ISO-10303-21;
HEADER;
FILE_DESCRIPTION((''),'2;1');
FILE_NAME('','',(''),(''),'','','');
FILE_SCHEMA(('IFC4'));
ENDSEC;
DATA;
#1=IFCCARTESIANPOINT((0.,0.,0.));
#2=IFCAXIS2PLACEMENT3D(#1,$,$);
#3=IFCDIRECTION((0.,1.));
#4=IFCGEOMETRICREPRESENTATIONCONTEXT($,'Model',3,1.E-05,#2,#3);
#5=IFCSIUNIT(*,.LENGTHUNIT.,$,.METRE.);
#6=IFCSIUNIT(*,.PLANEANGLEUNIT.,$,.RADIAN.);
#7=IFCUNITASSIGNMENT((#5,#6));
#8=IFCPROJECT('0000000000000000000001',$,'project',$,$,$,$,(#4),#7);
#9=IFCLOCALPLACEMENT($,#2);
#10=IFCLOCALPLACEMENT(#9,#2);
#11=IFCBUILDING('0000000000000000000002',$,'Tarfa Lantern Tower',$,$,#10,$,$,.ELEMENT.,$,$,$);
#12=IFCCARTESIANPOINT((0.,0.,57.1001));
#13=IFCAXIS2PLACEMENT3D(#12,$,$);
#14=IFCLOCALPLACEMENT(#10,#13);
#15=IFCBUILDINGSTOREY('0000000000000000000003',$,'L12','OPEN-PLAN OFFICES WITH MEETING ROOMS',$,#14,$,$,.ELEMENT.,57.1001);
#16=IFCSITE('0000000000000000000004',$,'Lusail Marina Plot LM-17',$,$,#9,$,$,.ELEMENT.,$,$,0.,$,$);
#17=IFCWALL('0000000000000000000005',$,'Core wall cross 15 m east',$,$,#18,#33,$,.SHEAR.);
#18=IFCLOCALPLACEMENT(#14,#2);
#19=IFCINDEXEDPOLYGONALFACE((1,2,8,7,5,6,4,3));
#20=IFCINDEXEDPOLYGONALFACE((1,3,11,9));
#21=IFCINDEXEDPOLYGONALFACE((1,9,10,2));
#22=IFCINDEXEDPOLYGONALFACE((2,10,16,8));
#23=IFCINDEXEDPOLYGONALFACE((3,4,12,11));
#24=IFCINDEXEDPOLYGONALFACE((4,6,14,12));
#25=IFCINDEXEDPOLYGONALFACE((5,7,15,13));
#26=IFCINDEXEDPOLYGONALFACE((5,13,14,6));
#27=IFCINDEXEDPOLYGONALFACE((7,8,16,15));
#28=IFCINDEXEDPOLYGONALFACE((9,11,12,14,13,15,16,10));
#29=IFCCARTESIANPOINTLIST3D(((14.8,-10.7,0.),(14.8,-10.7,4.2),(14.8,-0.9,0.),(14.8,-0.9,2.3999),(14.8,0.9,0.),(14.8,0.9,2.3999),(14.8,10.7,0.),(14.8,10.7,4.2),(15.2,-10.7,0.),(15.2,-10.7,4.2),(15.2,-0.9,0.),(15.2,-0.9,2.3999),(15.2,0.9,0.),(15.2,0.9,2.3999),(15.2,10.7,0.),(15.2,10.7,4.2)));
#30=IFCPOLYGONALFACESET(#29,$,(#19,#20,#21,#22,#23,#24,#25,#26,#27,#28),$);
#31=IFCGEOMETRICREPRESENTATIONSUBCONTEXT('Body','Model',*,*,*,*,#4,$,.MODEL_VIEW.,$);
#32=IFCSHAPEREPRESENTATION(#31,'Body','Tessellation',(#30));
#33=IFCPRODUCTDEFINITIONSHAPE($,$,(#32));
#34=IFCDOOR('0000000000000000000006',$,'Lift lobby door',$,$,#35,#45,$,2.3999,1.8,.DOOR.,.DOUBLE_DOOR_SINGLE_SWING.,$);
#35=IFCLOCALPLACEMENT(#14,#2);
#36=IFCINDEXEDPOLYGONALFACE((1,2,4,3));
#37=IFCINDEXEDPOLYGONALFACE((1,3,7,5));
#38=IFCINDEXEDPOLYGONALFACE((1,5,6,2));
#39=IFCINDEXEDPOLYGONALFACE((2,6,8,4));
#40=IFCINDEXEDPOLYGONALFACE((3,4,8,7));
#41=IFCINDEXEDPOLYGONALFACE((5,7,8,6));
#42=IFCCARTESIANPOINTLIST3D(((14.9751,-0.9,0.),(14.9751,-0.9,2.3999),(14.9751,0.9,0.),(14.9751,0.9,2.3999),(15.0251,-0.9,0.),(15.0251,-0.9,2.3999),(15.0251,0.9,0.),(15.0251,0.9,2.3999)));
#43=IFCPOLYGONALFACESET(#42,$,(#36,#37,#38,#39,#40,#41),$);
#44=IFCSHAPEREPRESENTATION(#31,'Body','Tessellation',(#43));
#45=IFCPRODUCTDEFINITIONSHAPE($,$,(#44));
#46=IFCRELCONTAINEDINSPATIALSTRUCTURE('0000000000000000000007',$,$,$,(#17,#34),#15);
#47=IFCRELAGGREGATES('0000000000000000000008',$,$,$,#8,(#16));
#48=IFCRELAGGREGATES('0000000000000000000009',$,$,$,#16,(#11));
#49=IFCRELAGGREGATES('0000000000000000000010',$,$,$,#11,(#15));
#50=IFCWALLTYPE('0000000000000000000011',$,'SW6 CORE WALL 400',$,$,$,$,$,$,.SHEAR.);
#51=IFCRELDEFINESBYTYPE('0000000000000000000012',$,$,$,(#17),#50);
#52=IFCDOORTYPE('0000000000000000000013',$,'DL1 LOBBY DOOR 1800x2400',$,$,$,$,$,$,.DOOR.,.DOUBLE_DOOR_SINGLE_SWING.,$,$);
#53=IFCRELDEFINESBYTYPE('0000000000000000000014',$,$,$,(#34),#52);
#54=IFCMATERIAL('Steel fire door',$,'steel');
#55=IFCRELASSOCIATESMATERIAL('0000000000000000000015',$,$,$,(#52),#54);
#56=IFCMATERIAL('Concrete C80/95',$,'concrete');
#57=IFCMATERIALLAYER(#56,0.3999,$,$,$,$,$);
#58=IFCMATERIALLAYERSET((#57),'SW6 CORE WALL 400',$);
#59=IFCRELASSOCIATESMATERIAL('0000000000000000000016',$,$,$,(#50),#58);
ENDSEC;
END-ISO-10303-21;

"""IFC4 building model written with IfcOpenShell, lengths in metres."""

from ifc_helpers import new_model, si_unit, direction, frame, frame_2d, origin, place, context, subcontext, project, spatial, rectangle, extrude, material, layer, layer_set, type_object, element, fill, save


model = new_model("IFC4")

# Units and contexts
model_context = context("Model", 3, precision=1e-05, world=origin(), true_north=direction((0.0, 1.0)))
body_context = subcontext(model_context, "Body", "Model", "MODEL_VIEW")
ifc_project = project(units=[si_unit("LENGTHUNIT", "METRE"), si_unit("PLANEANGLEUNIT", "RADIAN")], contexts=[model_context])

# Site, building, storey
site_placement = place(None, origin())
site = spatial("IfcSite", under=ifc_project, at=site_placement, Name="Lusail Marina Plot LM-17", CompositionType="ELEMENT", RefElevation=0.0)
building_placement = place(site_placement, origin())
building = spatial("IfcBuilding", under=site, at=building_placement, Name="Tarfa Lantern Tower", CompositionType="ELEMENT")
storey_placement = place(building_placement, frame((0.0, 0.0, 57.1001)))
storey = spatial("IfcBuildingStorey", under=building, at=storey_placement, Name="L12", Description="OPEN-PLAN OFFICES WITH MEETING ROOMS", CompositionType="ELEMENT", Elevation=57.1001)

# Shared definitions
ifc_material_1 = material(Name="Concrete C80/95", Category="concrete")
ifc_material_2 = material(Name="Steel fire door", Category="steel")
door_type_1 = type_object("IfcDoorType", Name="DL1 LOBBY DOOR 1800x2400", OperationType="DOUBLE_DOOR_SINGLE_SWING", PredefinedType="DOOR", material=ifc_material_2)

# Wall, opening, door
ifc_layer_1 = layer(ifc_material_1, 0.3999)
ifc_layer_set_1 = layer_set([ifc_layer_1], Name="SW6 CORE WALL 400")
wall_type_1 = type_object("IfcWallType", Name="SW6 CORE WALL 400", PredefinedType="SHEAR", material=ifc_layer_set_1)
wall_1_placement = place(storey_placement, frame((15.0, -10.7, 0.0), z_axis=(0.0, 0.0, 1.0), x_axis=(0.0, 1.0, 0.0)))
wall_1 = element("IfcWall", 1, at=wall_1_placement, inside=storey, type_object=wall_type_1, Name="Core wall cross 15 m east", PredefinedType="SHEAR", context=body_context, shape_type="SweptSolid", body=[
    extrude(rectangle(XDim=21.3999, YDim=0.3999, at=frame_2d((10.7, 0.0))), origin(), (0.0, 0.0, 1.0), 4.2),
])
opening_1_placement = place(wall_1_placement, frame((9.8, 0.0, 0.0)))
opening_1 = element("IfcOpeningElement", 2, at=opening_1_placement, cuts=wall_1, PredefinedType="OPENING", context=body_context, shape_type="SweptSolid", body=[
    extrude(rectangle(XDim=1.8, YDim=2.3999, at=frame_2d((0.8999, 1.2))), frame((0.0, 0.21, 0.0), z_axis=(0.0, -1.0, 0.0), x_axis=(1.0, 0.0, 0.0)), (0.0, 0.0, 1.0), 0.4199),
])
door_1_placement = place(opening_1_placement, origin())
door_1 = element("IfcDoor", 3, at=door_1_placement, inside=storey, type_object=door_type_1, Name="Lift lobby door", OperationType="DOUBLE_DOOR_SINGLE_SWING", OverallHeight=2.3999, OverallWidth=1.8, PredefinedType="DOOR", context=body_context, shape_type="SweptSolid", body=[
    extrude(rectangle(XDim=1.8, YDim=2.3999, at=frame_2d((0.8999, 1.2))), frame((0.0, 0.0249, 0.0), z_axis=(0.0, -1.0, 0.0), x_axis=(1.0, 0.0, 0.0)), (0.0, 0.0, 1.0), 0.05),
])
fill(opening_1, door_1)

save(model, "model.ifc")
